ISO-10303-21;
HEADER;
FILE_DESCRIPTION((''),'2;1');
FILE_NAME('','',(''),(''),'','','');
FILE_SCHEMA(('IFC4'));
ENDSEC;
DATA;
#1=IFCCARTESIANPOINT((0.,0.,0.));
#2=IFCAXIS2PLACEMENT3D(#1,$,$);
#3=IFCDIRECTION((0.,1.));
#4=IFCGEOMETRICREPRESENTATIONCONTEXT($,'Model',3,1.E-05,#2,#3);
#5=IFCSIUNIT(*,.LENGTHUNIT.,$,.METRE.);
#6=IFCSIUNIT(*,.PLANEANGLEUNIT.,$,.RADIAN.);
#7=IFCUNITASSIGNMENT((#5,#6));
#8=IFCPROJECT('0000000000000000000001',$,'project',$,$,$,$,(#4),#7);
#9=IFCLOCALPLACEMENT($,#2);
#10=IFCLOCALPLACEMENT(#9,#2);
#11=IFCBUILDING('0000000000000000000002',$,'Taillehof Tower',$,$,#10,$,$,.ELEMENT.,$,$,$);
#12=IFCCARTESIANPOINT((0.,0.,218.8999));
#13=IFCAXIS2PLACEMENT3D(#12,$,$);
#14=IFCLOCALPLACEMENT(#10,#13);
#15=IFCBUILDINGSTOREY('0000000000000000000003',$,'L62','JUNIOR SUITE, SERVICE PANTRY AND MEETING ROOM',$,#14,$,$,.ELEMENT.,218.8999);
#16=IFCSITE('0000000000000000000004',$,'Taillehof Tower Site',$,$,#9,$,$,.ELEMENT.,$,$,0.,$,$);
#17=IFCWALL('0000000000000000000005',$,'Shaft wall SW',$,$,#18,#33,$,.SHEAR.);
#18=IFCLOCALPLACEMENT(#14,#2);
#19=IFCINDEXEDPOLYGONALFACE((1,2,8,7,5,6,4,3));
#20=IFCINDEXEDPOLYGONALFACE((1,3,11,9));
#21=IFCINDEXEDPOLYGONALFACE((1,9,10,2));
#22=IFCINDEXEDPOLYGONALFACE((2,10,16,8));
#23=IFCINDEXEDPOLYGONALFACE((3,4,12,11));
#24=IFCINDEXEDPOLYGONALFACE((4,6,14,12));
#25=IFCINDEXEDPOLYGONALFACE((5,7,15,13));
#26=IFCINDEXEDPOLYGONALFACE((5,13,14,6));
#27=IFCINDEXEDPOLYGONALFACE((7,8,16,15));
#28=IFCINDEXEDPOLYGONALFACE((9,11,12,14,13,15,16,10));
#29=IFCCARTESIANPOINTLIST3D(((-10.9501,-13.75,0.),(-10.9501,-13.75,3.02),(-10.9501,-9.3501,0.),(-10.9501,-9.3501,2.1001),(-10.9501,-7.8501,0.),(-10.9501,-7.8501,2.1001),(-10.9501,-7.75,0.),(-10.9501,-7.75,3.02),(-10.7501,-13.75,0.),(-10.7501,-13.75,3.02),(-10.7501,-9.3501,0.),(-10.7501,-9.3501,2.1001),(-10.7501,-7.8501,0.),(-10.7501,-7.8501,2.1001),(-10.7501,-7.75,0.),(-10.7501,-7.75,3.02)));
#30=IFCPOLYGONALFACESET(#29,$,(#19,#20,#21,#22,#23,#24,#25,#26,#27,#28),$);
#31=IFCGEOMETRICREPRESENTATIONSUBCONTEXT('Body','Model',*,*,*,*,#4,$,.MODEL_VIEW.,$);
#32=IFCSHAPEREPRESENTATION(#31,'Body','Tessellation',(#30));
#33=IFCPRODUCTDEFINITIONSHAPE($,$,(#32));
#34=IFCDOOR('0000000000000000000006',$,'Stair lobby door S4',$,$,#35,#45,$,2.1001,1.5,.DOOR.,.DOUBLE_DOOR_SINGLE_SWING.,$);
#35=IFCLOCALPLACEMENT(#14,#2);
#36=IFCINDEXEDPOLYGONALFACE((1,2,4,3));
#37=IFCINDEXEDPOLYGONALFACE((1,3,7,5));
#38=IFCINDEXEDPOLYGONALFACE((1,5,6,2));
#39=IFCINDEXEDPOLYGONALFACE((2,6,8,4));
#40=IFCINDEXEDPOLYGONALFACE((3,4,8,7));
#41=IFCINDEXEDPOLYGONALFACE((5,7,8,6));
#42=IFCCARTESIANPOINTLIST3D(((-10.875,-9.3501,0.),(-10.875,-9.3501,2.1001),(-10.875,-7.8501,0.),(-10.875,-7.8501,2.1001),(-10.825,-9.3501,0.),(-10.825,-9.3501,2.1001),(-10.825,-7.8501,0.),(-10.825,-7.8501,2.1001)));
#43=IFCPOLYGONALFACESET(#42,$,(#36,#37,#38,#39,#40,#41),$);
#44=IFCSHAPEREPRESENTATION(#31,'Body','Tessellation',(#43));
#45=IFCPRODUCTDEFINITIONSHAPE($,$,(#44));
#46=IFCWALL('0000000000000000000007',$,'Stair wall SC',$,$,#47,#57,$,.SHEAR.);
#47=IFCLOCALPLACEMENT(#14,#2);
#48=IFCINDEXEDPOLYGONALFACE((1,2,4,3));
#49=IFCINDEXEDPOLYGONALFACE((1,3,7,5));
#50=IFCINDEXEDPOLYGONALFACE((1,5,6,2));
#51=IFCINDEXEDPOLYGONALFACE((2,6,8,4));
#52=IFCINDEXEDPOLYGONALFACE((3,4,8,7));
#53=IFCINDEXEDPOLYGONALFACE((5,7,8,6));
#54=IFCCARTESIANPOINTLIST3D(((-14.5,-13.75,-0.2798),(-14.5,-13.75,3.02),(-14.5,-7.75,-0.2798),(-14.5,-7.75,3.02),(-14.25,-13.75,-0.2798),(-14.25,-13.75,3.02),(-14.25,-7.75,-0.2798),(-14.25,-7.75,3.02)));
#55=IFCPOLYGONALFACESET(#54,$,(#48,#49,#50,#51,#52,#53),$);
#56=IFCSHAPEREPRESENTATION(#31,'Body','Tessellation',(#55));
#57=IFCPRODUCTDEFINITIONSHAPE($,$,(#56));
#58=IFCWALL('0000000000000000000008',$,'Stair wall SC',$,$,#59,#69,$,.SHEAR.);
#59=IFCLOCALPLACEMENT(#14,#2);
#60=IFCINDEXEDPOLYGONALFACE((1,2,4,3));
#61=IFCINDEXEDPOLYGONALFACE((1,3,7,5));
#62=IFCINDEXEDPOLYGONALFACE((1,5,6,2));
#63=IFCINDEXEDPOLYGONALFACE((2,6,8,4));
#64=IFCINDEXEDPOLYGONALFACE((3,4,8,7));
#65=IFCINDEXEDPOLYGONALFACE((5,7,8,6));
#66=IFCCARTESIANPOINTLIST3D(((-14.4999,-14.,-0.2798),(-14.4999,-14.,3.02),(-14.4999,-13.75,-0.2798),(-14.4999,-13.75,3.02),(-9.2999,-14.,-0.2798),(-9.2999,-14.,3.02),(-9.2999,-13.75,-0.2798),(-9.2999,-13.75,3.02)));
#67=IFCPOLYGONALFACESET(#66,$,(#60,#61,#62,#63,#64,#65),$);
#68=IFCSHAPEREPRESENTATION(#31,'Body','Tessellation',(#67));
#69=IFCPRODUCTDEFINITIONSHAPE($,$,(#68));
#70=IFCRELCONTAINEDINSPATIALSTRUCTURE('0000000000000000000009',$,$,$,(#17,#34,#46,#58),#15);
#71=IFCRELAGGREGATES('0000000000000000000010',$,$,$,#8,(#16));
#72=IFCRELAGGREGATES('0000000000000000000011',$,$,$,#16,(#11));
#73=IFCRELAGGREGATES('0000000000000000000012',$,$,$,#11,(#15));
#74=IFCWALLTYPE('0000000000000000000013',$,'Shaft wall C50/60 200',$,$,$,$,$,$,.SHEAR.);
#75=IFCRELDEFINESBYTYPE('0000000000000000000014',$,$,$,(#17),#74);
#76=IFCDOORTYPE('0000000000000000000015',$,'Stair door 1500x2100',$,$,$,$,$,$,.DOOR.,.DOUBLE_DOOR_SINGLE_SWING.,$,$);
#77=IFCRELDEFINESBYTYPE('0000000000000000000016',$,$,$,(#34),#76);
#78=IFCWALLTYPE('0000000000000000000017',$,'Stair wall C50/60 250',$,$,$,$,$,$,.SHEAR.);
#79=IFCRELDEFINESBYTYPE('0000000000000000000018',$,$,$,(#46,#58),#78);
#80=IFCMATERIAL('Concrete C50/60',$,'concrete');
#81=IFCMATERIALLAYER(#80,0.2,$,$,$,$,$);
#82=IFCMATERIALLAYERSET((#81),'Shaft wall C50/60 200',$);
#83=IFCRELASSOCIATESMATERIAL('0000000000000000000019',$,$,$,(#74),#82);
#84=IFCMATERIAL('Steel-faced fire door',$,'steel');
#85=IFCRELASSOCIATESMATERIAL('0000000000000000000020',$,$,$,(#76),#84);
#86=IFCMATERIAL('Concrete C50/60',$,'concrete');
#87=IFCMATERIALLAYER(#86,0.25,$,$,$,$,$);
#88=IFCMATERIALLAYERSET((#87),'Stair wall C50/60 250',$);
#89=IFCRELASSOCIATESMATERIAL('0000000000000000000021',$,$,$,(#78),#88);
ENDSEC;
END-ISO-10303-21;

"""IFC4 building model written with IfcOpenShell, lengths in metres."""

from ifc_helpers import new_model, si_unit, direction, frame, frame_2d, origin, place, context, subcontext, project, spatial, rectangle, extrude, material, layer, layer_set, type_object, element, fill, save


model = new_model("IFC4")

# Units and contexts
model_context = context("Model", 3, precision=1e-05, world=origin(), true_north=direction((0.0, 1.0)))
body_context = subcontext(model_context, "Body", "Model", "MODEL_VIEW")
ifc_project = project(units=[si_unit("LENGTHUNIT", "METRE"), si_unit("PLANEANGLEUNIT", "RADIAN")], contexts=[model_context])

# Site, building, storey
site_placement = place(None, origin())
site = spatial("IfcSite", under=ifc_project, at=site_placement, Name="Taillehof Tower Site", CompositionType="ELEMENT", RefElevation=0.0)
building_placement = place(site_placement, origin())
building = spatial("IfcBuilding", under=site, at=building_placement, Name="Taillehof Tower", CompositionType="ELEMENT")
storey_placement = place(building_placement, frame((0.0, 0.0, 218.8999)))
storey = spatial("IfcBuildingStorey", under=building, at=storey_placement, Name="L62", Description="JUNIOR SUITE, SERVICE PANTRY AND MEETING ROOM", CompositionType="ELEMENT", Elevation=218.8999)

# Wall, opening, door
ifc_material_1 = material(Name="Concrete C50/60", Category="concrete")
ifc_layer_1 = layer(ifc_material_1, 0.2)
ifc_layer_set_1 = layer_set([ifc_layer_1], Name="Shaft wall C50/60 200")
wall_type_1 = type_object("IfcWallType", Name="Shaft wall C50/60 200", PredefinedType="SHEAR", material=ifc_layer_set_1)
wall_1_placement = place(storey_placement, frame((-10.8501, -13.75, 0.0), z_axis=(0.0, 0.0, 1.0), x_axis=(0.0, 1.0, 0.0)))
wall_1 = element("IfcWall", 1, at=wall_1_placement, inside=storey, type_object=wall_type_1, Name="Shaft wall SW", PredefinedType="SHEAR", context=body_context, shape_type="SweptSolid", body=[
    extrude(rectangle(XDim=6.0, YDim=0.2, at=frame_2d((3.0, 0.0))), origin(), (0.0, 0.0, 1.0), 3.02),
])
opening_1_placement = place(wall_1_placement, frame((4.3999, 0.0, 0.0)))
opening_1 = element("IfcOpeningElement", 2, at=opening_1_placement, cuts=wall_1, PredefinedType="OPENING", context=body_context, shape_type="SweptSolid", body=[
    extrude(rectangle(XDim=1.5, YDim=2.1001, at=frame_2d((0.75, 1.05))), frame((0.0, 0.1099, 0.0), z_axis=(0.0, -1.0, 0.0), x_axis=(1.0, 0.0, 0.0)), (0.0, 0.0, 1.0), 0.22),
])
ifc_material_2 = material(Name="Steel-faced fire door", Category="steel")
door_type = type_object("IfcDoorType", Name="Stair door 1500x2100", OperationType="DOUBLE_DOOR_SINGLE_SWING", PredefinedType="DOOR", material=ifc_material_2)
door_placement = place(opening_1_placement, origin())
door = element("IfcDoor", 3, at=door_placement, inside=storey, type_object=door_type, Name="Stair lobby door S4", OperationType="DOUBLE_DOOR_SINGLE_SWING", OverallHeight=2.1001, OverallWidth=1.5, PredefinedType="DOOR", context=body_context, shape_type="SweptSolid", body=[
    extrude(rectangle(XDim=1.5, YDim=2.1001, at=frame_2d((0.75, 1.05))), frame((0.0, 0.0249, 0.0), z_axis=(0.0, -1.0, 0.0), x_axis=(1.0, 0.0, 0.0)), (0.0, 0.0, 1.0), 0.05),
])
fill(opening_1, door)

# Walls
ifc_material_3 = material(Name="Concrete C50/60", Category="concrete")
ifc_layer_2 = layer(ifc_material_3, 0.25)
ifc_layer_set_2 = layer_set([ifc_layer_2], Name="Stair wall C50/60 250")
wall_type_2 = type_object("IfcWallType", Name="Stair wall C50/60 250", PredefinedType="SHEAR", material=ifc_layer_set_2)
wall_2_placement = place(storey_placement, frame((-14.375, -13.75, -0.2798), z_axis=(0.0, 0.0, 1.0), x_axis=(0.0, 1.0, 0.0)))
element("IfcWall", 4, at=wall_2_placement, inside=storey, type_object=wall_type_2, Name="Stair wall SC", PredefinedType="SHEAR", context=body_context, shape_type="SweptSolid", body=[
    extrude(rectangle(XDim=6.0, YDim=0.25, at=frame_2d((3.0, 0.0))), origin(), (0.0, 0.0, 1.0), 3.2998),
])
wall_3_placement = place(storey_placement, frame((-14.5, -13.875, -0.2798), z_axis=(0.0, 0.0, 1.0), x_axis=(1.0, 0.0, 0.0)))
element("IfcWall", 5, at=wall_3_placement, inside=storey, type_object=wall_type_2, Name="Stair wall SC", PredefinedType="SHEAR", context=body_context, shape_type="SweptSolid", body=[
    extrude(rectangle(XDim=5.2, YDim=0.25, at=frame_2d((2.6001, 0.0))), origin(), (0.0, 0.0, 1.0), 3.2998),
])

save(model, "model.ifc")
